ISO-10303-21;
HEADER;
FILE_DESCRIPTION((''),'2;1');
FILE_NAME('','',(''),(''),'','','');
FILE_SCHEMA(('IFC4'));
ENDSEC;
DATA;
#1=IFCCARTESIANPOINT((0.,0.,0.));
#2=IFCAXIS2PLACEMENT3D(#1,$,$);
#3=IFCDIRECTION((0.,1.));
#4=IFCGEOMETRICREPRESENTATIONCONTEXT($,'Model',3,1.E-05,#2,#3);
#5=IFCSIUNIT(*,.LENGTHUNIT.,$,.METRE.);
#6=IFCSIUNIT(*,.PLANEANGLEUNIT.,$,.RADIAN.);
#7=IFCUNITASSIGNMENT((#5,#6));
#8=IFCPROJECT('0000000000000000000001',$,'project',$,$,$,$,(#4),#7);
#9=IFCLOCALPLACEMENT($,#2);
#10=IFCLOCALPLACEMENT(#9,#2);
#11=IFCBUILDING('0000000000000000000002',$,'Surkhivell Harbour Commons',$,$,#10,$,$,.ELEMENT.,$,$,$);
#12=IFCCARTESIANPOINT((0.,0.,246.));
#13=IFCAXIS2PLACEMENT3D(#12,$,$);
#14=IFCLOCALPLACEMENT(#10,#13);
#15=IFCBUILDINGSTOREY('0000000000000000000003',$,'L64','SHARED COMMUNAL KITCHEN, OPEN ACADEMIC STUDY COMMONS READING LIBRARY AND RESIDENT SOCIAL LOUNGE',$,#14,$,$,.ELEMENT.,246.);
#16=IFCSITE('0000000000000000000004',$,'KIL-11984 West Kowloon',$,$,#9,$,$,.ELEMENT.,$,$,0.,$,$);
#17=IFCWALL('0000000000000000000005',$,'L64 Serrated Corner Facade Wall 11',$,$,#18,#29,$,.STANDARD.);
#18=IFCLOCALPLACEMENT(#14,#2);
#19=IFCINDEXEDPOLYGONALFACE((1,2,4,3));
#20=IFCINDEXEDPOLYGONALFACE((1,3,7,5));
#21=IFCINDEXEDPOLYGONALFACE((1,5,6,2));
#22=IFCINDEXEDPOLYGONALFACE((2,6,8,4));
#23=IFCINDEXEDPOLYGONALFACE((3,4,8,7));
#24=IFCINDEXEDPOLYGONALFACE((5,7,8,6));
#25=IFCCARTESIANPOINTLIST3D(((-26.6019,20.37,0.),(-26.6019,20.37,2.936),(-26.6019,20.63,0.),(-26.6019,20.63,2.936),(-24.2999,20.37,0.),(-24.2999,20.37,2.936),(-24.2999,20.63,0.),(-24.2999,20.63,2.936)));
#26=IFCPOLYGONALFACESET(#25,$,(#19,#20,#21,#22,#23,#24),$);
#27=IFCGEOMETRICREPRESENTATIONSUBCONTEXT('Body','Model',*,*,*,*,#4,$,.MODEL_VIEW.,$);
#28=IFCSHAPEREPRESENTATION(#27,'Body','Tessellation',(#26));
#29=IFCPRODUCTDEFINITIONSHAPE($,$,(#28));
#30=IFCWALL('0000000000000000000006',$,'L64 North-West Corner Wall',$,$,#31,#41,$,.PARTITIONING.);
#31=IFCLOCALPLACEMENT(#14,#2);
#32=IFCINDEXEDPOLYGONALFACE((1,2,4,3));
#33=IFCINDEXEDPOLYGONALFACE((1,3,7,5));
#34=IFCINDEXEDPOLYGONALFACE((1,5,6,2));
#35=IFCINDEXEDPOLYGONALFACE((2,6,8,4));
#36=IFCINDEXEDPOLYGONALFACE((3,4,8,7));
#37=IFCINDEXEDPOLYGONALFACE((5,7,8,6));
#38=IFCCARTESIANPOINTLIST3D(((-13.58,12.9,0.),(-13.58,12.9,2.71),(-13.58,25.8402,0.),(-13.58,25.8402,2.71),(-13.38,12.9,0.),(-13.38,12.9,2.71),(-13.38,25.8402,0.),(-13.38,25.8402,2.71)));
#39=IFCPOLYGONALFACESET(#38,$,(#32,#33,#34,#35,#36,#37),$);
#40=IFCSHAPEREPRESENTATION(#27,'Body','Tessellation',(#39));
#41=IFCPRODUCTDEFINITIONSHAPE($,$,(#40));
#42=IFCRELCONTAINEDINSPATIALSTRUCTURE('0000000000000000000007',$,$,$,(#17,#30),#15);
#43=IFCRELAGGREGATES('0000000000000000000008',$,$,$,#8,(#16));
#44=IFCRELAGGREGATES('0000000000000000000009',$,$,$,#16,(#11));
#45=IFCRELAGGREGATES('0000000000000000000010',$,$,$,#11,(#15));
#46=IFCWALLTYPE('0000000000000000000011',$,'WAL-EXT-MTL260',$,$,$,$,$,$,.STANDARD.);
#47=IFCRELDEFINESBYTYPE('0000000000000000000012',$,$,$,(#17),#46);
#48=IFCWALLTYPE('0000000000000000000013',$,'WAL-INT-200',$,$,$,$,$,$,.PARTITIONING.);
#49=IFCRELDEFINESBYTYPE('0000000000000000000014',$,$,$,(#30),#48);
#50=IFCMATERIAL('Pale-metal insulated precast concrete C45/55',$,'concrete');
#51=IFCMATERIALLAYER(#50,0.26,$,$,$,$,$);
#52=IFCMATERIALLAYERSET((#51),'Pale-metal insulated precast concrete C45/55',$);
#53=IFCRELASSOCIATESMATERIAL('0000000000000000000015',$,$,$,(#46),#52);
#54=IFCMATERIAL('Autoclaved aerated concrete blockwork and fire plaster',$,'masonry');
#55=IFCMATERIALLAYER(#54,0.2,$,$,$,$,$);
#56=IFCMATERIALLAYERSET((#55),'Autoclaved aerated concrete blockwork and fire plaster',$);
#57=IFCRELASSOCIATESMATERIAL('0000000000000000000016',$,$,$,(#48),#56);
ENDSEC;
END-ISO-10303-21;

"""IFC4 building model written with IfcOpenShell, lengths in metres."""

from ifc_helpers import new_model, si_unit, direction, frame, frame_2d, origin, place, context, subcontext, project, spatial, rectangle, extrude, material, layer, layer_set, type_object, element, save


model = new_model("IFC4")

# Units and contexts
model_context = context("Model", 3, precision=1e-05, world=origin(), true_north=direction((0.0, 1.0)))
body_context = subcontext(model_context, "Body", "Model", "MODEL_VIEW")
ifc_project = project(units=[si_unit("LENGTHUNIT", "METRE"), si_unit("PLANEANGLEUNIT", "RADIAN")], contexts=[model_context])

# Site, building, storey
site_placement = place(None, origin())
site = spatial("IfcSite", under=ifc_project, at=site_placement, Name="KIL-11984 West Kowloon", CompositionType="ELEMENT", RefElevation=0.0)
building_placement = place(site_placement, origin())
building = spatial("IfcBuilding", under=site, at=building_placement, Name="Surkhivell Harbour Commons", CompositionType="ELEMENT")
storey_placement = place(building_placement, frame((0.0, 0.0, 246.0)))
storey = spatial("IfcBuildingStorey", under=building, at=storey_placement, Name="L64", Description="SHARED COMMUNAL KITCHEN, OPEN ACADEMIC STUDY COMMONS READING LIBRARY AND RESIDENT SOCIAL LOUNGE", CompositionType="ELEMENT", Elevation=246.0)

# Shared definitions
ifc_material_1 = material(Name="Pale-metal insulated precast concrete C45/55", Category="concrete")
ifc_layer_1 = layer(ifc_material_1, 0.26)
ifc_layer_set_1 = layer_set([ifc_layer_1], Name="Pale-metal insulated precast concrete C45/55")
wall_type_1 = type_object("IfcWallType", Name="WAL-EXT-MTL260", PredefinedType="STANDARD", material=ifc_layer_set_1)

# Walls
wall_1_placement = place(storey_placement, frame((-24.3, 20.5, 0.0), z_axis=(0.0, 0.0, 1.0), x_axis=(-1.0, 0.0, 0.0)))
element("IfcWall", 1, at=wall_1_placement, inside=storey, type_object=wall_type_1, Name="L64 Serrated Corner Facade Wall 11", PredefinedType="STANDARD", context=body_context, shape_type="SweptSolid", body=[
    extrude(rectangle(XDim=2.302, YDim=0.26, at=frame_2d((1.1509, 0.0))), origin(), (0.0, 0.0, 1.0), 2.936),
])
ifc_material_2 = material(Name="Autoclaved aerated concrete blockwork and fire plaster", Category="masonry")
ifc_layer_2 = layer(ifc_material_2, 0.2)
ifc_layer_set_2 = layer_set([ifc_layer_2], Name="Autoclaved aerated concrete blockwork and fire plaster")
wall_type_2 = type_object("IfcWallType", Name="WAL-INT-200", PredefinedType="PARTITIONING", material=ifc_layer_set_2)
wall_2_placement = place(storey_placement, frame((-13.48, 12.8999, 0.0), z_axis=(0.0, 0.0, 1.0), x_axis=(0.0, 1.0, 0.0)))
element("IfcWall", 2, at=wall_2_placement, inside=storey, type_object=wall_type_2, Name="L64 North-West Corner Wall", PredefinedType="PARTITIONING", context=body_context, shape_type="SweptSolid", body=[
    extrude(rectangle(XDim=12.9402, YDim=0.2, at=frame_2d((6.4702, 0.0))), origin(), (0.0, 0.0, 1.0), 2.71),
])

save(model, "model.ifc")
